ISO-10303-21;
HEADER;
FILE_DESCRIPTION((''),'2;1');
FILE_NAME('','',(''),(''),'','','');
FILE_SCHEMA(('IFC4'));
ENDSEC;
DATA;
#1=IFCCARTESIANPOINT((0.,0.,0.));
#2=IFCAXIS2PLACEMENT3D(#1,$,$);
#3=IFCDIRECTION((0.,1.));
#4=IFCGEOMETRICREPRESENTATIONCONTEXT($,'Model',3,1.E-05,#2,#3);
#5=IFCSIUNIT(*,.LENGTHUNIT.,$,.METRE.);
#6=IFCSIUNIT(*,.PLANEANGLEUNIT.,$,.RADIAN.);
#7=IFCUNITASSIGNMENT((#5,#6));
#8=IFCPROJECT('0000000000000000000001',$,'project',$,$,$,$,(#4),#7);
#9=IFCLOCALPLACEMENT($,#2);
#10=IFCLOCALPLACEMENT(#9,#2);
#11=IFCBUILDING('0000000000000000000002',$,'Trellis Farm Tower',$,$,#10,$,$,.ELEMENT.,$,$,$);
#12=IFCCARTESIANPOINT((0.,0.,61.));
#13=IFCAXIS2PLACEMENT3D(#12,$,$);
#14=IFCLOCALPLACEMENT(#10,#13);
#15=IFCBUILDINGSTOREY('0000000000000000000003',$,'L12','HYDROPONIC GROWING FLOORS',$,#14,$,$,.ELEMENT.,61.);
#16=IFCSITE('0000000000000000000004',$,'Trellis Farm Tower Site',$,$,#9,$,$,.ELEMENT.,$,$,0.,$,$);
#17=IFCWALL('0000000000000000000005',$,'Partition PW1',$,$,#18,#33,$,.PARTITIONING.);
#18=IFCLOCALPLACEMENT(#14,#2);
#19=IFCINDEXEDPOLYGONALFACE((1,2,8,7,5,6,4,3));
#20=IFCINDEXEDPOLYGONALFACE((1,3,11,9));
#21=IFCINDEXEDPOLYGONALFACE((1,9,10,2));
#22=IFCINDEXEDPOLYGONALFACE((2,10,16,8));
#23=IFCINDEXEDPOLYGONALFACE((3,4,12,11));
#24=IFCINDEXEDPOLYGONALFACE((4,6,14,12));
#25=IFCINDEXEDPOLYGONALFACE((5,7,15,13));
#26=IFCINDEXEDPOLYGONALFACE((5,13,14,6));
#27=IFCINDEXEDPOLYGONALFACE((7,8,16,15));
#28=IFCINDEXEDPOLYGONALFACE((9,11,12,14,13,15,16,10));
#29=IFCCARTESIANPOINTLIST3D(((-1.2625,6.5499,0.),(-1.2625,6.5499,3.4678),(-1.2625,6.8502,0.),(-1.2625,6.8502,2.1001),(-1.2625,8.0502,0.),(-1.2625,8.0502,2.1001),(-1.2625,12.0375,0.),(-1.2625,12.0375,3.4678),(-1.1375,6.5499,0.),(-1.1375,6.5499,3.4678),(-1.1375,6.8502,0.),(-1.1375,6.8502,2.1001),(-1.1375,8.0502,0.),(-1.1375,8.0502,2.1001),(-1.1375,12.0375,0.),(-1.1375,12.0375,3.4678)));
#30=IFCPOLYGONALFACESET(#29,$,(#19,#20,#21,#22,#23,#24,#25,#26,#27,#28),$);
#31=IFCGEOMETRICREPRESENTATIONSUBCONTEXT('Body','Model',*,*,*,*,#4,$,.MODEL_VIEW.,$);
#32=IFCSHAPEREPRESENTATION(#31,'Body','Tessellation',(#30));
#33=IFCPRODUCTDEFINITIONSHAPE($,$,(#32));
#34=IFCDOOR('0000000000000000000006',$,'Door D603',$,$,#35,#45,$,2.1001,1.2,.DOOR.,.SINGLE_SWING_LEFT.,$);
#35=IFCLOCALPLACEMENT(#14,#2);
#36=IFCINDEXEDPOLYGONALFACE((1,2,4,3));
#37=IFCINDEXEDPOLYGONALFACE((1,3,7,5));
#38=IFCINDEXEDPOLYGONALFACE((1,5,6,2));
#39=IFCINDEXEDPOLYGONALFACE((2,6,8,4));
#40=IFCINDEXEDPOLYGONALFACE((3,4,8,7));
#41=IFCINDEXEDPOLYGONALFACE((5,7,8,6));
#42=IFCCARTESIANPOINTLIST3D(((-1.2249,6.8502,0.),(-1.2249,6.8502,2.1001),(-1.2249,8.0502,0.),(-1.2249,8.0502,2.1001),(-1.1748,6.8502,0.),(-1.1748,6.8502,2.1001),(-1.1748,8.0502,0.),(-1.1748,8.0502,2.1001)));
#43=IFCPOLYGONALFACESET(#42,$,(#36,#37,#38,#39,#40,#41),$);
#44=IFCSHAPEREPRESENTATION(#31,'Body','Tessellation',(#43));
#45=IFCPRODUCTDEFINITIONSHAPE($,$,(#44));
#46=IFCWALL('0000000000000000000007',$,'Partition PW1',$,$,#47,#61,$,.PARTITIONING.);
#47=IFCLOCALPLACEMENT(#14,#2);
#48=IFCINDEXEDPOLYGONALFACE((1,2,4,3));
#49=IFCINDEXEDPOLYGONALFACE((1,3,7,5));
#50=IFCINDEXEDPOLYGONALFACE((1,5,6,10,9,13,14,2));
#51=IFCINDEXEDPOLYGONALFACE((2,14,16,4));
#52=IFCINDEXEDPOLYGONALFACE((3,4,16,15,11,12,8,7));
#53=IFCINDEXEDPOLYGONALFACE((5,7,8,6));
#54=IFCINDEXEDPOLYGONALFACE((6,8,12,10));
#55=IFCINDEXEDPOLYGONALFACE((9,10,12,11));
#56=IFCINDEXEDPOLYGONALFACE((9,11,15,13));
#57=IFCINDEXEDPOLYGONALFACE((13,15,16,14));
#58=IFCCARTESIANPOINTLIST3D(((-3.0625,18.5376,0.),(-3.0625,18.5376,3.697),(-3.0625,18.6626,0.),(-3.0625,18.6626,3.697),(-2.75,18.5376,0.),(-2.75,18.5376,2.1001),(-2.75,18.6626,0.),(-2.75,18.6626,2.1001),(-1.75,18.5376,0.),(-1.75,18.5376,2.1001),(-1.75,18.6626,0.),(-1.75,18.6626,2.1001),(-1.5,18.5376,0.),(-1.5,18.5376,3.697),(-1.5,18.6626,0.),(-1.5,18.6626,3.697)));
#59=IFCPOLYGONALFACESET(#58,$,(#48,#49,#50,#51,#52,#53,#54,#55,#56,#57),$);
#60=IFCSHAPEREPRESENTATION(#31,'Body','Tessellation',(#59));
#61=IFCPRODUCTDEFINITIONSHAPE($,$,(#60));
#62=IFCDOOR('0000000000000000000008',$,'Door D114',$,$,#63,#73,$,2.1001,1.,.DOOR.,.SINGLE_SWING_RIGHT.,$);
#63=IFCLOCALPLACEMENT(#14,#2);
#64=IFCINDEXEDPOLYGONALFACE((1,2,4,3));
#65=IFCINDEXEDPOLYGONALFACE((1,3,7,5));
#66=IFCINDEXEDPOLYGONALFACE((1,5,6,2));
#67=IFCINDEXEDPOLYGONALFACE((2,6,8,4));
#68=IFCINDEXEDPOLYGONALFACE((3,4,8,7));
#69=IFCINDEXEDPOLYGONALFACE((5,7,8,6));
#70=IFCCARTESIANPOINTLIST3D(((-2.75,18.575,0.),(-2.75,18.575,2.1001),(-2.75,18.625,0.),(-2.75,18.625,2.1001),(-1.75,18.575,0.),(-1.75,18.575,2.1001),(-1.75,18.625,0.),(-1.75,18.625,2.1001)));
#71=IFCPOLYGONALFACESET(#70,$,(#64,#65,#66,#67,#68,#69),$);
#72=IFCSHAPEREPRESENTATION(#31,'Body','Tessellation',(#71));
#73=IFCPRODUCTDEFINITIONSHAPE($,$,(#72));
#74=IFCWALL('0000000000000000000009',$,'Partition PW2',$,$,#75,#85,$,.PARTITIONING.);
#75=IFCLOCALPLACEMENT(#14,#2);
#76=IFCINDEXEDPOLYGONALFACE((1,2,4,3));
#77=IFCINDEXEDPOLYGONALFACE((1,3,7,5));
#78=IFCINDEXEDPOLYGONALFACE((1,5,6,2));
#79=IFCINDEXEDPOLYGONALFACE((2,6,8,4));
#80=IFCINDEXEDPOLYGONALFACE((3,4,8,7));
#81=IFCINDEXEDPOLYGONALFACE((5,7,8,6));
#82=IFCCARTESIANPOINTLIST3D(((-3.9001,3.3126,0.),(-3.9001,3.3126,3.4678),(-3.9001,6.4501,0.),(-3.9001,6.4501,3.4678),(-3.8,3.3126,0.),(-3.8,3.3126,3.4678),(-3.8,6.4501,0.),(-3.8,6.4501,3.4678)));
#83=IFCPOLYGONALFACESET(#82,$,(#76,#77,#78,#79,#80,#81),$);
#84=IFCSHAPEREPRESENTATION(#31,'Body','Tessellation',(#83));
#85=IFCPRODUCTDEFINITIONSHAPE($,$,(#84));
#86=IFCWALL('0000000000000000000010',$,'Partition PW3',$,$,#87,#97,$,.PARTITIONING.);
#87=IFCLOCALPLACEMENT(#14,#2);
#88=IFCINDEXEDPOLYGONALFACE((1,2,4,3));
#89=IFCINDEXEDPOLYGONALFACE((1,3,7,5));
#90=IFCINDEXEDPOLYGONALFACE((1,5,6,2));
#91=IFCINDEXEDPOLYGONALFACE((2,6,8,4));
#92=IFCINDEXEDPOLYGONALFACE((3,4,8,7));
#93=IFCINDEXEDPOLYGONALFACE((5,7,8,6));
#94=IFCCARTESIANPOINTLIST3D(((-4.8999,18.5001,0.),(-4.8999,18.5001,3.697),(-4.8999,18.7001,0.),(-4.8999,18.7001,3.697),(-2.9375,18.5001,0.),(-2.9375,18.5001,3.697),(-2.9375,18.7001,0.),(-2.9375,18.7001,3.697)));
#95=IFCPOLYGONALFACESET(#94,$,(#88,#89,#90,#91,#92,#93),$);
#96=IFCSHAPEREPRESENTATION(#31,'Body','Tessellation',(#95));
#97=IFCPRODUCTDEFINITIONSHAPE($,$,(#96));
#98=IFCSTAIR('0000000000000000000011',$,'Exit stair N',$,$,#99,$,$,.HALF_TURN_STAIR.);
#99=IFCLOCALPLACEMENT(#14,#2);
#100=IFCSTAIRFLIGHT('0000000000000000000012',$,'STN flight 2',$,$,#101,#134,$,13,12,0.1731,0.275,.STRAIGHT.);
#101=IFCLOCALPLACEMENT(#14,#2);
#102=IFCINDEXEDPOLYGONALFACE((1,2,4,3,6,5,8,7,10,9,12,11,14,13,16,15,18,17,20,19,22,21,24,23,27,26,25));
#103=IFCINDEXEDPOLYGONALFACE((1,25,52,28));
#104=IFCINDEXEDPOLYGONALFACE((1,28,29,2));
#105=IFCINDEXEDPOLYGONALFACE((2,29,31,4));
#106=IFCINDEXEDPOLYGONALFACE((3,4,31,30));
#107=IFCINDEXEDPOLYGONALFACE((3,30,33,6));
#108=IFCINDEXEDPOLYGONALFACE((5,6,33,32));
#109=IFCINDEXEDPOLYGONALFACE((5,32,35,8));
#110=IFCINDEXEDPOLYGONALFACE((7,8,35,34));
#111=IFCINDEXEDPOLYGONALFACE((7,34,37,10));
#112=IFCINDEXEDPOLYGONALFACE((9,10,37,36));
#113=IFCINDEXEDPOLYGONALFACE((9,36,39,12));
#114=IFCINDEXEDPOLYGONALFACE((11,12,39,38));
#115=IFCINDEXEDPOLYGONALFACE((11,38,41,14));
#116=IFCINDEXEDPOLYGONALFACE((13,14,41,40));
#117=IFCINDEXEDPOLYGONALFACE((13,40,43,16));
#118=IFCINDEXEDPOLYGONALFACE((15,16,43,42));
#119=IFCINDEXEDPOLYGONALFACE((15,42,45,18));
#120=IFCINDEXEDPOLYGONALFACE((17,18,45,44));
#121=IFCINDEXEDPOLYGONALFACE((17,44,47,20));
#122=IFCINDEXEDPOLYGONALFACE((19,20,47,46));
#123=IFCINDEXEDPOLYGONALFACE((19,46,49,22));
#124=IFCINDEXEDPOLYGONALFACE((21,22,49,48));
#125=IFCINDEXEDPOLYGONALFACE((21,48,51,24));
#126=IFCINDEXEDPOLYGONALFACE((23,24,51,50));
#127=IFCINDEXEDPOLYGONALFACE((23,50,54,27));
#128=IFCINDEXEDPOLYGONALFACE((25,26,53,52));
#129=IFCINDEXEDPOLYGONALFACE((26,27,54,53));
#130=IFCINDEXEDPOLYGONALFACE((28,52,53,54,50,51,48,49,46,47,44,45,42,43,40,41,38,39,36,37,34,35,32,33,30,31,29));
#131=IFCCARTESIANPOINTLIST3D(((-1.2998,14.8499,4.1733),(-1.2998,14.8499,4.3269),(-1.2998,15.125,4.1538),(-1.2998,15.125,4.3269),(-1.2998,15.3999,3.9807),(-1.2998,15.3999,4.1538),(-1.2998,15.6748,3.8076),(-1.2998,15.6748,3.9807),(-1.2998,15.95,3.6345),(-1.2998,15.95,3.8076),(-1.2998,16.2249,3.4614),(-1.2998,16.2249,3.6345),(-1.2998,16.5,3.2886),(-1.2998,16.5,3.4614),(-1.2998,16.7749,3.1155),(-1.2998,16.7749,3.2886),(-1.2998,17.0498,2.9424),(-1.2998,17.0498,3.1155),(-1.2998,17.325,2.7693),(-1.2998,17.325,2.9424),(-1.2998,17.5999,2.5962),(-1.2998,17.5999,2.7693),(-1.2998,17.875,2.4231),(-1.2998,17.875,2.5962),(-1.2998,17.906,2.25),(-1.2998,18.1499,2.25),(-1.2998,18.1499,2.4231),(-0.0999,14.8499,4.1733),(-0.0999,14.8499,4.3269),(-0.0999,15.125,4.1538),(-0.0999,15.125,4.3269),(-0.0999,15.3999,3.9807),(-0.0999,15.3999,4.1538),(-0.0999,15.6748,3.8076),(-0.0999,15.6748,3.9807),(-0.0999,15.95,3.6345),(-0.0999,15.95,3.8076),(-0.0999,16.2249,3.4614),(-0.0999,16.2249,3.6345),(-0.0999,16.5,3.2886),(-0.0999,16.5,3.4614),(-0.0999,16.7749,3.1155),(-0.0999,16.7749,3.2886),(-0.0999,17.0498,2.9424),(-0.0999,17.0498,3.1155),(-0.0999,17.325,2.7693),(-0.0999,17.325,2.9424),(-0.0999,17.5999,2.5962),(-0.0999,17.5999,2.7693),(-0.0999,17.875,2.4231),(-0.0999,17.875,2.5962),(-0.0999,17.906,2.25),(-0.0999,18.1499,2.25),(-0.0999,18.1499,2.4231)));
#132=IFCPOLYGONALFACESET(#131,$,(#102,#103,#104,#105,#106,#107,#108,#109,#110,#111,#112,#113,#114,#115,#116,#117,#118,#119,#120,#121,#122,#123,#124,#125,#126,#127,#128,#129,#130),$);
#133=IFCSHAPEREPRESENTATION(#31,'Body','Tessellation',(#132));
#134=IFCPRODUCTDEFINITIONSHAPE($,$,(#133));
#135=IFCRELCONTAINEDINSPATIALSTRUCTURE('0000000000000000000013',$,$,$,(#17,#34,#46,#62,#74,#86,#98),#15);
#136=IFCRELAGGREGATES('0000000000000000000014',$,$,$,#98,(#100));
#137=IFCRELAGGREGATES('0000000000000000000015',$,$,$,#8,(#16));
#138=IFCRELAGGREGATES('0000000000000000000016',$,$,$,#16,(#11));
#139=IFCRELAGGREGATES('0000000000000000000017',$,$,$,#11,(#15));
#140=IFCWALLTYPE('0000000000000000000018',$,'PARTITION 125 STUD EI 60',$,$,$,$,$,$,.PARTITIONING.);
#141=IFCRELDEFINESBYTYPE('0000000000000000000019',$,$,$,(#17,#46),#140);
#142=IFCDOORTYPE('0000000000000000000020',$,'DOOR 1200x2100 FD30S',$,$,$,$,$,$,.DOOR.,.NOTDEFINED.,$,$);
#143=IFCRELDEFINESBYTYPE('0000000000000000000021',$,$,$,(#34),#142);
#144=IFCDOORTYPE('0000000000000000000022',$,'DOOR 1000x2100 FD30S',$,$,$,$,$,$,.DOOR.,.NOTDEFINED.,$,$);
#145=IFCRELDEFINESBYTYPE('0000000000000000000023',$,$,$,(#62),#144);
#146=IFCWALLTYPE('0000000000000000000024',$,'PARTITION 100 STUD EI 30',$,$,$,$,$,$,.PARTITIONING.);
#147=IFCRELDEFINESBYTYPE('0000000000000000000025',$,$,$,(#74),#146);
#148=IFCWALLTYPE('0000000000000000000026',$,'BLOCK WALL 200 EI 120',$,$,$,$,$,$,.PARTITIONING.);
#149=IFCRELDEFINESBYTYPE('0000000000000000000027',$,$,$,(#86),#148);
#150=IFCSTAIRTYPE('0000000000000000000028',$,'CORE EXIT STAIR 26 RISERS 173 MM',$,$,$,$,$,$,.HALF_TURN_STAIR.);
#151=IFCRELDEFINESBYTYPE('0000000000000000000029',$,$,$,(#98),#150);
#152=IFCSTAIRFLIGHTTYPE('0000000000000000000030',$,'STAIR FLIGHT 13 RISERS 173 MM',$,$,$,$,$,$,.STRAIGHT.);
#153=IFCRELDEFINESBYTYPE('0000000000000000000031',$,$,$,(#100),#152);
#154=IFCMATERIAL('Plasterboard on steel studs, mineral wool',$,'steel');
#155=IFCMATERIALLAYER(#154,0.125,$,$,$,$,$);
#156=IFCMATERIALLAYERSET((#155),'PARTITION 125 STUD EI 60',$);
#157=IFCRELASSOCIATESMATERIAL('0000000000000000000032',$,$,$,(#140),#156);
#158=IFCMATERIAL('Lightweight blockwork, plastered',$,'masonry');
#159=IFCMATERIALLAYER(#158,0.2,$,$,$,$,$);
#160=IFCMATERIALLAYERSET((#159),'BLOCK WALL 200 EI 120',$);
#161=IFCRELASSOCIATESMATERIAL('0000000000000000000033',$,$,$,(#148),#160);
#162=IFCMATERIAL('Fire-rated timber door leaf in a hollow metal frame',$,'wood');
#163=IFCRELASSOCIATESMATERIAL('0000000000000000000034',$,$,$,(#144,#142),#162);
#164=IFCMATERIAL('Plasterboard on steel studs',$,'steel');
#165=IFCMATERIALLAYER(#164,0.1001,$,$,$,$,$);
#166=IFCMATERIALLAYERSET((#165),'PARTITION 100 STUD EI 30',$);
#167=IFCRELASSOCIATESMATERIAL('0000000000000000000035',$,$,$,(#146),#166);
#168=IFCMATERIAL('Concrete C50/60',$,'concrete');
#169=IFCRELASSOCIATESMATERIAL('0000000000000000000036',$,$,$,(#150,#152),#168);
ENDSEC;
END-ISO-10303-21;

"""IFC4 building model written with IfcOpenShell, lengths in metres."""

from ifc_helpers import new_model, si_unit, direction, frame, frame_2d, origin, place, context, subcontext, project, spatial, polyline, rectangle, outline, extrude, source, transform, mapped, material, layer, layer_set, type_object, element, fill, aggregate, save


model = new_model("IFC4")

# Units and contexts
model_context = context("Model", 3, precision=1e-05, world=origin(), true_north=direction((0.0, 1.0)))
body_context = subcontext(model_context, "Body", "Model", "MODEL_VIEW")
ifc_project = project(units=[si_unit("LENGTHUNIT", "METRE"), si_unit("PLANEANGLEUNIT", "RADIAN")], contexts=[model_context])

# Site, building, storey
site_placement = place(None, origin())
site = spatial("IfcSite", under=ifc_project, at=site_placement, Name="Trellis Farm Tower Site", CompositionType="ELEMENT", RefElevation=0.0)
building_placement = place(site_placement, origin())
building = spatial("IfcBuilding", under=site, at=building_placement, Name="Trellis Farm Tower", CompositionType="ELEMENT")
storey_placement = place(building_placement, frame((0.0, 0.0, 61.0)))
storey = spatial("IfcBuildingStorey", under=building, at=storey_placement, Name="L12", Description="HYDROPONIC GROWING FLOORS", CompositionType="ELEMENT", Elevation=61.0)

# Shared definitions
placement = place(storey_placement, origin())

# Shared definitions
shared_shape_1 = source(origin(), body_context, "Body", "SweptSolid", [
    extrude(rectangle(XDim=1.2, YDim=2.1001, at=frame_2d((0.6001, 1.05))), frame((0.0, 0.0249, 0.0), z_axis=(0.0, -1.0, 0.0), x_axis=(1.0, 0.0, 0.0)), (0.0, 0.0, 1.0), 0.05),
])

# Shared definitions
ifc_material_1 = material(Name="Plasterboard on steel studs, mineral wool", Category="steel")
ifc_layer_1 = layer(ifc_material_1, 0.125)
ifc_layer_set_1 = layer_set([ifc_layer_1], Name="PARTITION 125 STUD EI 60")
wall_type_1 = type_object("IfcWallType", Name="PARTITION 125 STUD EI 60", PredefinedType="PARTITIONING", material=ifc_layer_set_1)
ifc_material_2 = material(Name="Lightweight blockwork, plastered", Category="masonry")
ifc_layer_2 = layer(ifc_material_2, 0.2)
ifc_layer_set_2 = layer_set([ifc_layer_2], Name="BLOCK WALL 200 EI 120")
wall_type_2 = type_object("IfcWallType", Name="BLOCK WALL 200 EI 120", PredefinedType="PARTITIONING", material=ifc_layer_set_2)

# Walls, openings, doors
shared_shape_2 = source(origin(), body_context, "Body", "SweptSolid", [
    extrude(rectangle(XDim=1.0, YDim=2.1001, at=frame_2d((0.5, 1.05))), frame((0.0, 0.0725, 0.0), z_axis=(0.0, -1.0, 0.0), x_axis=(1.0, 0.0, 0.0)), (0.0, 0.0, 1.0), 0.145),
])
ifc_material_3 = material(Name="Fire-rated timber door leaf in a hollow metal frame", Category="wood")
door_type_1 = type_object("IfcDoorType", Name="DOOR 1000x2100 FD30S", OperationType="NOTDEFINED", PredefinedType="DOOR", material=ifc_material_3)
shared_shape_3 = source(origin(), body_context, "Body", "SweptSolid", [
    extrude(rectangle(XDim=1.0, YDim=2.1001, at=frame_2d((0.5, 1.05))), frame((0.0, 0.0249, 0.0), z_axis=(0.0, -1.0, 0.0), x_axis=(1.0, 0.0, 0.0)), (0.0, 0.0, 1.0), 0.05),
])
shared_shape_4 = source(origin(), body_context, "Body", "SweptSolid", [
    extrude(rectangle(XDim=5.4875, YDim=0.125, at=frame_2d((2.7437, 0.0))), origin(), (0.0, 0.0, 1.0), 3.4678),
])
wall_1_placement = place(storey_placement, frame((-1.2, 6.55, 0.0), z_axis=(0.0, 0.0, 1.0), x_axis=(0.0, 1.0, 0.0)))
wall_1 = element("IfcWall", 1, at=wall_1_placement, inside=storey, type_object=wall_type_1, Name="Partition PW1", PredefinedType="PARTITIONING", context=body_context, shape_type="MappedRepresentation", body=[
    mapped(shared_shape_4, transform((0.0, 0.0, 0.0))),
])
shared_shape_5 = source(origin(), body_context, "Body", "SweptSolid", [
    extrude(rectangle(XDim=1.2, YDim=2.1001, at=frame_2d((0.6001, 1.05))), frame((0.0, 0.0725, 0.0), z_axis=(0.0, -1.0, 0.0), x_axis=(1.0, 0.0, 0.0)), (0.0, 0.0, 1.0), 0.145),
])
opening_1_placement = place(wall_1_placement, frame((0.3, 0.0, 0.0)))
opening_1 = element("IfcOpeningElement", 2, at=opening_1_placement, cuts=wall_1, PredefinedType="OPENING", context=body_context, shape_type="MappedRepresentation", body=[
    mapped(shared_shape_5, transform((0.0, 0.0, 0.0))),
])
door_type_2 = type_object("IfcDoorType", Name="DOOR 1200x2100 FD30S", OperationType="NOTDEFINED", PredefinedType="DOOR", material=ifc_material_3)
door_1_placement = place(opening_1_placement, origin())
door_1 = element("IfcDoor", 3, at=door_1_placement, inside=storey, type_object=door_type_2, Name="Door D603", OperationType="SINGLE_SWING_LEFT", OverallHeight=2.1001, OverallWidth=1.2, PredefinedType="DOOR", context=body_context, shape_type="MappedRepresentation", body=[
    mapped(shared_shape_1, transform((0.0, 0.0, 0.0))),
])
fill(opening_1, door_1)
shared_shape_6 = source(origin(), body_context, "Body", "SweptSolid", [
    extrude(rectangle(XDim=1.5625, YDim=0.125, at=frame_2d((0.7812, 0.0))), origin(), (0.0, 0.0, 1.0), 3.697),
])
wall_2_placement = place(storey_placement, frame((-3.0625, 18.6001, 0.0), z_axis=(0.0, 0.0, 1.0), x_axis=(1.0, 0.0, 0.0)))
wall_2 = element("IfcWall", 4, at=wall_2_placement, inside=storey, type_object=wall_type_1, Name="Partition PW1", PredefinedType="PARTITIONING", context=body_context, shape_type="MappedRepresentation", body=[
    mapped(shared_shape_6, transform((0.0, 0.0, 0.0))),
])
opening_2_placement = place(wall_2_placement, frame((0.3125, 0.0, 0.0)))
opening_2 = element("IfcOpeningElement", 5, at=opening_2_placement, cuts=wall_2, PredefinedType="OPENING", context=body_context, shape_type="MappedRepresentation", body=[
    mapped(shared_shape_2, transform((0.0, 0.0, 0.0))),
])
door_2_placement = place(opening_2_placement, origin())
door_2 = element("IfcDoor", 6, at=door_2_placement, inside=storey, type_object=door_type_1, Name="Door D114", OperationType="SINGLE_SWING_RIGHT", OverallHeight=2.1001, OverallWidth=1.0, PredefinedType="DOOR", context=body_context, shape_type="MappedRepresentation", body=[
    mapped(shared_shape_3, transform((0.0, 0.0, 0.0))),
])
fill(opening_2, door_2)

# Walls
ifc_material_4 = material(Name="Plasterboard on steel studs", Category="steel")
ifc_layer_3 = layer(ifc_material_4, 0.1001)
ifc_layer_set_3 = layer_set([ifc_layer_3], Name="PARTITION 100 STUD EI 30")
wall_type_3 = type_object("IfcWallType", Name="PARTITION 100 STUD EI 30", PredefinedType="PARTITIONING", material=ifc_layer_set_3)
shared_shape_7 = source(origin(), body_context, "Body", "SweptSolid", [
    extrude(rectangle(XDim=3.1375, YDim=0.1001, at=frame_2d((1.5688, 0.0))), origin(), (0.0, 0.0, 1.0), 3.4678),
])
wall_3_placement = place(storey_placement, frame((-3.8501, 3.3125, 0.0), z_axis=(0.0, 0.0, 1.0), x_axis=(0.0, 1.0, 0.0)))
element("IfcWall", 7, at=wall_3_placement, inside=storey, type_object=wall_type_3, Name="Partition PW2", PredefinedType="PARTITIONING", context=body_context, shape_type="MappedRepresentation", body=[
    mapped(shared_shape_7, transform((0.0, 0.0, 0.0))),
])
shared_shape_8 = source(origin(), body_context, "Body", "SweptSolid", [
    extrude(rectangle(XDim=1.9624, YDim=0.2, at=frame_2d((0.9812, 0.0))), origin(), (0.0, 0.0, 1.0), 3.697),
])
wall_4_placement = place(storey_placement, frame((-4.8999, 18.6001, 0.0), z_axis=(0.0, 0.0, 1.0), x_axis=(1.0, 0.0, 0.0)))
element("IfcWall", 8, at=wall_4_placement, inside=storey, type_object=wall_type_2, Name="Partition PW3", PredefinedType="PARTITIONING", context=body_context, shape_type="MappedRepresentation", body=[
    mapped(shared_shape_8, transform((0.0, 0.0, 0.0))),
])

# Stair, stair flight
ifc_material_5 = material(Name="Concrete C50/60", Category="concrete")
stair_type = type_object("IfcStairType", Name="CORE EXIT STAIR 26 RISERS 173 MM", PredefinedType="HALF_TURN_STAIR", material=ifc_material_5)
stair = element("IfcStair", 9, at=placement, inside=storey, type_object=stair_type, Name="Exit stair N", PredefinedType="HALF_TURN_STAIR")
stair_flight_type = type_object("IfcStairFlightType", Name="STAIR FLIGHT 13 RISERS 173 MM", PredefinedType="STRAIGHT", material=ifc_material_5)
shared_shape_9 = source(origin(), body_context, "Body", "SweptSolid", [
    extrude(outline(polyline([(0.0, 0.0), (0.0, 0.1731), (0.2749, 0.1731), (0.2749, 0.3462), (0.55, 0.3462), (0.55, 0.5193), (0.825, 0.5193), (0.825, 0.6924), (1.1001, 0.6924), (1.1001, 0.8655), (1.375, 0.8655), (1.375, 1.0386), (1.6499, 1.0386), (1.6499, 1.2114), (1.925, 1.2114), (1.925, 1.3845), (2.2, 1.3845), (2.2, 1.5576), (2.4751, 1.5576), (2.4751, 1.7307), (2.75, 1.7307), (2.75, 1.9038), (3.0249, 1.9038), (3.0249, 2.0769), (3.3, 2.0769), (3.3, 2.25), (3.3, 1.9233), (0.2439, 0.0), (0.0, 0.0)])), frame((0.0, 0.6001, 0.0), z_axis=(0.0, -1.0, 0.0), x_axis=(1.0, 0.0, 0.0)), (0.0, 0.0, 1.0), 1.2),
])
stair_flight_placement = place(storey_placement, frame((-0.7, 18.1499, 2.25), z_axis=(0.0, 0.0, 1.0), x_axis=(0.0, -1.0, 0.0)))
stair_flight = element("IfcStairFlight", 10, at=stair_flight_placement, type_object=stair_flight_type, Name="STN flight 2", NumberOfRisers=13, NumberOfTreads=12, PredefinedType="STRAIGHT", RiserHeight=0.1731, TreadLength=0.275, context=body_context, shape_type="MappedRepresentation", body=[
    mapped(shared_shape_9, transform((0.0, 0.0, 0.0))),
])
aggregate(stair, [stair_flight])

save(model, "model.ifc")
